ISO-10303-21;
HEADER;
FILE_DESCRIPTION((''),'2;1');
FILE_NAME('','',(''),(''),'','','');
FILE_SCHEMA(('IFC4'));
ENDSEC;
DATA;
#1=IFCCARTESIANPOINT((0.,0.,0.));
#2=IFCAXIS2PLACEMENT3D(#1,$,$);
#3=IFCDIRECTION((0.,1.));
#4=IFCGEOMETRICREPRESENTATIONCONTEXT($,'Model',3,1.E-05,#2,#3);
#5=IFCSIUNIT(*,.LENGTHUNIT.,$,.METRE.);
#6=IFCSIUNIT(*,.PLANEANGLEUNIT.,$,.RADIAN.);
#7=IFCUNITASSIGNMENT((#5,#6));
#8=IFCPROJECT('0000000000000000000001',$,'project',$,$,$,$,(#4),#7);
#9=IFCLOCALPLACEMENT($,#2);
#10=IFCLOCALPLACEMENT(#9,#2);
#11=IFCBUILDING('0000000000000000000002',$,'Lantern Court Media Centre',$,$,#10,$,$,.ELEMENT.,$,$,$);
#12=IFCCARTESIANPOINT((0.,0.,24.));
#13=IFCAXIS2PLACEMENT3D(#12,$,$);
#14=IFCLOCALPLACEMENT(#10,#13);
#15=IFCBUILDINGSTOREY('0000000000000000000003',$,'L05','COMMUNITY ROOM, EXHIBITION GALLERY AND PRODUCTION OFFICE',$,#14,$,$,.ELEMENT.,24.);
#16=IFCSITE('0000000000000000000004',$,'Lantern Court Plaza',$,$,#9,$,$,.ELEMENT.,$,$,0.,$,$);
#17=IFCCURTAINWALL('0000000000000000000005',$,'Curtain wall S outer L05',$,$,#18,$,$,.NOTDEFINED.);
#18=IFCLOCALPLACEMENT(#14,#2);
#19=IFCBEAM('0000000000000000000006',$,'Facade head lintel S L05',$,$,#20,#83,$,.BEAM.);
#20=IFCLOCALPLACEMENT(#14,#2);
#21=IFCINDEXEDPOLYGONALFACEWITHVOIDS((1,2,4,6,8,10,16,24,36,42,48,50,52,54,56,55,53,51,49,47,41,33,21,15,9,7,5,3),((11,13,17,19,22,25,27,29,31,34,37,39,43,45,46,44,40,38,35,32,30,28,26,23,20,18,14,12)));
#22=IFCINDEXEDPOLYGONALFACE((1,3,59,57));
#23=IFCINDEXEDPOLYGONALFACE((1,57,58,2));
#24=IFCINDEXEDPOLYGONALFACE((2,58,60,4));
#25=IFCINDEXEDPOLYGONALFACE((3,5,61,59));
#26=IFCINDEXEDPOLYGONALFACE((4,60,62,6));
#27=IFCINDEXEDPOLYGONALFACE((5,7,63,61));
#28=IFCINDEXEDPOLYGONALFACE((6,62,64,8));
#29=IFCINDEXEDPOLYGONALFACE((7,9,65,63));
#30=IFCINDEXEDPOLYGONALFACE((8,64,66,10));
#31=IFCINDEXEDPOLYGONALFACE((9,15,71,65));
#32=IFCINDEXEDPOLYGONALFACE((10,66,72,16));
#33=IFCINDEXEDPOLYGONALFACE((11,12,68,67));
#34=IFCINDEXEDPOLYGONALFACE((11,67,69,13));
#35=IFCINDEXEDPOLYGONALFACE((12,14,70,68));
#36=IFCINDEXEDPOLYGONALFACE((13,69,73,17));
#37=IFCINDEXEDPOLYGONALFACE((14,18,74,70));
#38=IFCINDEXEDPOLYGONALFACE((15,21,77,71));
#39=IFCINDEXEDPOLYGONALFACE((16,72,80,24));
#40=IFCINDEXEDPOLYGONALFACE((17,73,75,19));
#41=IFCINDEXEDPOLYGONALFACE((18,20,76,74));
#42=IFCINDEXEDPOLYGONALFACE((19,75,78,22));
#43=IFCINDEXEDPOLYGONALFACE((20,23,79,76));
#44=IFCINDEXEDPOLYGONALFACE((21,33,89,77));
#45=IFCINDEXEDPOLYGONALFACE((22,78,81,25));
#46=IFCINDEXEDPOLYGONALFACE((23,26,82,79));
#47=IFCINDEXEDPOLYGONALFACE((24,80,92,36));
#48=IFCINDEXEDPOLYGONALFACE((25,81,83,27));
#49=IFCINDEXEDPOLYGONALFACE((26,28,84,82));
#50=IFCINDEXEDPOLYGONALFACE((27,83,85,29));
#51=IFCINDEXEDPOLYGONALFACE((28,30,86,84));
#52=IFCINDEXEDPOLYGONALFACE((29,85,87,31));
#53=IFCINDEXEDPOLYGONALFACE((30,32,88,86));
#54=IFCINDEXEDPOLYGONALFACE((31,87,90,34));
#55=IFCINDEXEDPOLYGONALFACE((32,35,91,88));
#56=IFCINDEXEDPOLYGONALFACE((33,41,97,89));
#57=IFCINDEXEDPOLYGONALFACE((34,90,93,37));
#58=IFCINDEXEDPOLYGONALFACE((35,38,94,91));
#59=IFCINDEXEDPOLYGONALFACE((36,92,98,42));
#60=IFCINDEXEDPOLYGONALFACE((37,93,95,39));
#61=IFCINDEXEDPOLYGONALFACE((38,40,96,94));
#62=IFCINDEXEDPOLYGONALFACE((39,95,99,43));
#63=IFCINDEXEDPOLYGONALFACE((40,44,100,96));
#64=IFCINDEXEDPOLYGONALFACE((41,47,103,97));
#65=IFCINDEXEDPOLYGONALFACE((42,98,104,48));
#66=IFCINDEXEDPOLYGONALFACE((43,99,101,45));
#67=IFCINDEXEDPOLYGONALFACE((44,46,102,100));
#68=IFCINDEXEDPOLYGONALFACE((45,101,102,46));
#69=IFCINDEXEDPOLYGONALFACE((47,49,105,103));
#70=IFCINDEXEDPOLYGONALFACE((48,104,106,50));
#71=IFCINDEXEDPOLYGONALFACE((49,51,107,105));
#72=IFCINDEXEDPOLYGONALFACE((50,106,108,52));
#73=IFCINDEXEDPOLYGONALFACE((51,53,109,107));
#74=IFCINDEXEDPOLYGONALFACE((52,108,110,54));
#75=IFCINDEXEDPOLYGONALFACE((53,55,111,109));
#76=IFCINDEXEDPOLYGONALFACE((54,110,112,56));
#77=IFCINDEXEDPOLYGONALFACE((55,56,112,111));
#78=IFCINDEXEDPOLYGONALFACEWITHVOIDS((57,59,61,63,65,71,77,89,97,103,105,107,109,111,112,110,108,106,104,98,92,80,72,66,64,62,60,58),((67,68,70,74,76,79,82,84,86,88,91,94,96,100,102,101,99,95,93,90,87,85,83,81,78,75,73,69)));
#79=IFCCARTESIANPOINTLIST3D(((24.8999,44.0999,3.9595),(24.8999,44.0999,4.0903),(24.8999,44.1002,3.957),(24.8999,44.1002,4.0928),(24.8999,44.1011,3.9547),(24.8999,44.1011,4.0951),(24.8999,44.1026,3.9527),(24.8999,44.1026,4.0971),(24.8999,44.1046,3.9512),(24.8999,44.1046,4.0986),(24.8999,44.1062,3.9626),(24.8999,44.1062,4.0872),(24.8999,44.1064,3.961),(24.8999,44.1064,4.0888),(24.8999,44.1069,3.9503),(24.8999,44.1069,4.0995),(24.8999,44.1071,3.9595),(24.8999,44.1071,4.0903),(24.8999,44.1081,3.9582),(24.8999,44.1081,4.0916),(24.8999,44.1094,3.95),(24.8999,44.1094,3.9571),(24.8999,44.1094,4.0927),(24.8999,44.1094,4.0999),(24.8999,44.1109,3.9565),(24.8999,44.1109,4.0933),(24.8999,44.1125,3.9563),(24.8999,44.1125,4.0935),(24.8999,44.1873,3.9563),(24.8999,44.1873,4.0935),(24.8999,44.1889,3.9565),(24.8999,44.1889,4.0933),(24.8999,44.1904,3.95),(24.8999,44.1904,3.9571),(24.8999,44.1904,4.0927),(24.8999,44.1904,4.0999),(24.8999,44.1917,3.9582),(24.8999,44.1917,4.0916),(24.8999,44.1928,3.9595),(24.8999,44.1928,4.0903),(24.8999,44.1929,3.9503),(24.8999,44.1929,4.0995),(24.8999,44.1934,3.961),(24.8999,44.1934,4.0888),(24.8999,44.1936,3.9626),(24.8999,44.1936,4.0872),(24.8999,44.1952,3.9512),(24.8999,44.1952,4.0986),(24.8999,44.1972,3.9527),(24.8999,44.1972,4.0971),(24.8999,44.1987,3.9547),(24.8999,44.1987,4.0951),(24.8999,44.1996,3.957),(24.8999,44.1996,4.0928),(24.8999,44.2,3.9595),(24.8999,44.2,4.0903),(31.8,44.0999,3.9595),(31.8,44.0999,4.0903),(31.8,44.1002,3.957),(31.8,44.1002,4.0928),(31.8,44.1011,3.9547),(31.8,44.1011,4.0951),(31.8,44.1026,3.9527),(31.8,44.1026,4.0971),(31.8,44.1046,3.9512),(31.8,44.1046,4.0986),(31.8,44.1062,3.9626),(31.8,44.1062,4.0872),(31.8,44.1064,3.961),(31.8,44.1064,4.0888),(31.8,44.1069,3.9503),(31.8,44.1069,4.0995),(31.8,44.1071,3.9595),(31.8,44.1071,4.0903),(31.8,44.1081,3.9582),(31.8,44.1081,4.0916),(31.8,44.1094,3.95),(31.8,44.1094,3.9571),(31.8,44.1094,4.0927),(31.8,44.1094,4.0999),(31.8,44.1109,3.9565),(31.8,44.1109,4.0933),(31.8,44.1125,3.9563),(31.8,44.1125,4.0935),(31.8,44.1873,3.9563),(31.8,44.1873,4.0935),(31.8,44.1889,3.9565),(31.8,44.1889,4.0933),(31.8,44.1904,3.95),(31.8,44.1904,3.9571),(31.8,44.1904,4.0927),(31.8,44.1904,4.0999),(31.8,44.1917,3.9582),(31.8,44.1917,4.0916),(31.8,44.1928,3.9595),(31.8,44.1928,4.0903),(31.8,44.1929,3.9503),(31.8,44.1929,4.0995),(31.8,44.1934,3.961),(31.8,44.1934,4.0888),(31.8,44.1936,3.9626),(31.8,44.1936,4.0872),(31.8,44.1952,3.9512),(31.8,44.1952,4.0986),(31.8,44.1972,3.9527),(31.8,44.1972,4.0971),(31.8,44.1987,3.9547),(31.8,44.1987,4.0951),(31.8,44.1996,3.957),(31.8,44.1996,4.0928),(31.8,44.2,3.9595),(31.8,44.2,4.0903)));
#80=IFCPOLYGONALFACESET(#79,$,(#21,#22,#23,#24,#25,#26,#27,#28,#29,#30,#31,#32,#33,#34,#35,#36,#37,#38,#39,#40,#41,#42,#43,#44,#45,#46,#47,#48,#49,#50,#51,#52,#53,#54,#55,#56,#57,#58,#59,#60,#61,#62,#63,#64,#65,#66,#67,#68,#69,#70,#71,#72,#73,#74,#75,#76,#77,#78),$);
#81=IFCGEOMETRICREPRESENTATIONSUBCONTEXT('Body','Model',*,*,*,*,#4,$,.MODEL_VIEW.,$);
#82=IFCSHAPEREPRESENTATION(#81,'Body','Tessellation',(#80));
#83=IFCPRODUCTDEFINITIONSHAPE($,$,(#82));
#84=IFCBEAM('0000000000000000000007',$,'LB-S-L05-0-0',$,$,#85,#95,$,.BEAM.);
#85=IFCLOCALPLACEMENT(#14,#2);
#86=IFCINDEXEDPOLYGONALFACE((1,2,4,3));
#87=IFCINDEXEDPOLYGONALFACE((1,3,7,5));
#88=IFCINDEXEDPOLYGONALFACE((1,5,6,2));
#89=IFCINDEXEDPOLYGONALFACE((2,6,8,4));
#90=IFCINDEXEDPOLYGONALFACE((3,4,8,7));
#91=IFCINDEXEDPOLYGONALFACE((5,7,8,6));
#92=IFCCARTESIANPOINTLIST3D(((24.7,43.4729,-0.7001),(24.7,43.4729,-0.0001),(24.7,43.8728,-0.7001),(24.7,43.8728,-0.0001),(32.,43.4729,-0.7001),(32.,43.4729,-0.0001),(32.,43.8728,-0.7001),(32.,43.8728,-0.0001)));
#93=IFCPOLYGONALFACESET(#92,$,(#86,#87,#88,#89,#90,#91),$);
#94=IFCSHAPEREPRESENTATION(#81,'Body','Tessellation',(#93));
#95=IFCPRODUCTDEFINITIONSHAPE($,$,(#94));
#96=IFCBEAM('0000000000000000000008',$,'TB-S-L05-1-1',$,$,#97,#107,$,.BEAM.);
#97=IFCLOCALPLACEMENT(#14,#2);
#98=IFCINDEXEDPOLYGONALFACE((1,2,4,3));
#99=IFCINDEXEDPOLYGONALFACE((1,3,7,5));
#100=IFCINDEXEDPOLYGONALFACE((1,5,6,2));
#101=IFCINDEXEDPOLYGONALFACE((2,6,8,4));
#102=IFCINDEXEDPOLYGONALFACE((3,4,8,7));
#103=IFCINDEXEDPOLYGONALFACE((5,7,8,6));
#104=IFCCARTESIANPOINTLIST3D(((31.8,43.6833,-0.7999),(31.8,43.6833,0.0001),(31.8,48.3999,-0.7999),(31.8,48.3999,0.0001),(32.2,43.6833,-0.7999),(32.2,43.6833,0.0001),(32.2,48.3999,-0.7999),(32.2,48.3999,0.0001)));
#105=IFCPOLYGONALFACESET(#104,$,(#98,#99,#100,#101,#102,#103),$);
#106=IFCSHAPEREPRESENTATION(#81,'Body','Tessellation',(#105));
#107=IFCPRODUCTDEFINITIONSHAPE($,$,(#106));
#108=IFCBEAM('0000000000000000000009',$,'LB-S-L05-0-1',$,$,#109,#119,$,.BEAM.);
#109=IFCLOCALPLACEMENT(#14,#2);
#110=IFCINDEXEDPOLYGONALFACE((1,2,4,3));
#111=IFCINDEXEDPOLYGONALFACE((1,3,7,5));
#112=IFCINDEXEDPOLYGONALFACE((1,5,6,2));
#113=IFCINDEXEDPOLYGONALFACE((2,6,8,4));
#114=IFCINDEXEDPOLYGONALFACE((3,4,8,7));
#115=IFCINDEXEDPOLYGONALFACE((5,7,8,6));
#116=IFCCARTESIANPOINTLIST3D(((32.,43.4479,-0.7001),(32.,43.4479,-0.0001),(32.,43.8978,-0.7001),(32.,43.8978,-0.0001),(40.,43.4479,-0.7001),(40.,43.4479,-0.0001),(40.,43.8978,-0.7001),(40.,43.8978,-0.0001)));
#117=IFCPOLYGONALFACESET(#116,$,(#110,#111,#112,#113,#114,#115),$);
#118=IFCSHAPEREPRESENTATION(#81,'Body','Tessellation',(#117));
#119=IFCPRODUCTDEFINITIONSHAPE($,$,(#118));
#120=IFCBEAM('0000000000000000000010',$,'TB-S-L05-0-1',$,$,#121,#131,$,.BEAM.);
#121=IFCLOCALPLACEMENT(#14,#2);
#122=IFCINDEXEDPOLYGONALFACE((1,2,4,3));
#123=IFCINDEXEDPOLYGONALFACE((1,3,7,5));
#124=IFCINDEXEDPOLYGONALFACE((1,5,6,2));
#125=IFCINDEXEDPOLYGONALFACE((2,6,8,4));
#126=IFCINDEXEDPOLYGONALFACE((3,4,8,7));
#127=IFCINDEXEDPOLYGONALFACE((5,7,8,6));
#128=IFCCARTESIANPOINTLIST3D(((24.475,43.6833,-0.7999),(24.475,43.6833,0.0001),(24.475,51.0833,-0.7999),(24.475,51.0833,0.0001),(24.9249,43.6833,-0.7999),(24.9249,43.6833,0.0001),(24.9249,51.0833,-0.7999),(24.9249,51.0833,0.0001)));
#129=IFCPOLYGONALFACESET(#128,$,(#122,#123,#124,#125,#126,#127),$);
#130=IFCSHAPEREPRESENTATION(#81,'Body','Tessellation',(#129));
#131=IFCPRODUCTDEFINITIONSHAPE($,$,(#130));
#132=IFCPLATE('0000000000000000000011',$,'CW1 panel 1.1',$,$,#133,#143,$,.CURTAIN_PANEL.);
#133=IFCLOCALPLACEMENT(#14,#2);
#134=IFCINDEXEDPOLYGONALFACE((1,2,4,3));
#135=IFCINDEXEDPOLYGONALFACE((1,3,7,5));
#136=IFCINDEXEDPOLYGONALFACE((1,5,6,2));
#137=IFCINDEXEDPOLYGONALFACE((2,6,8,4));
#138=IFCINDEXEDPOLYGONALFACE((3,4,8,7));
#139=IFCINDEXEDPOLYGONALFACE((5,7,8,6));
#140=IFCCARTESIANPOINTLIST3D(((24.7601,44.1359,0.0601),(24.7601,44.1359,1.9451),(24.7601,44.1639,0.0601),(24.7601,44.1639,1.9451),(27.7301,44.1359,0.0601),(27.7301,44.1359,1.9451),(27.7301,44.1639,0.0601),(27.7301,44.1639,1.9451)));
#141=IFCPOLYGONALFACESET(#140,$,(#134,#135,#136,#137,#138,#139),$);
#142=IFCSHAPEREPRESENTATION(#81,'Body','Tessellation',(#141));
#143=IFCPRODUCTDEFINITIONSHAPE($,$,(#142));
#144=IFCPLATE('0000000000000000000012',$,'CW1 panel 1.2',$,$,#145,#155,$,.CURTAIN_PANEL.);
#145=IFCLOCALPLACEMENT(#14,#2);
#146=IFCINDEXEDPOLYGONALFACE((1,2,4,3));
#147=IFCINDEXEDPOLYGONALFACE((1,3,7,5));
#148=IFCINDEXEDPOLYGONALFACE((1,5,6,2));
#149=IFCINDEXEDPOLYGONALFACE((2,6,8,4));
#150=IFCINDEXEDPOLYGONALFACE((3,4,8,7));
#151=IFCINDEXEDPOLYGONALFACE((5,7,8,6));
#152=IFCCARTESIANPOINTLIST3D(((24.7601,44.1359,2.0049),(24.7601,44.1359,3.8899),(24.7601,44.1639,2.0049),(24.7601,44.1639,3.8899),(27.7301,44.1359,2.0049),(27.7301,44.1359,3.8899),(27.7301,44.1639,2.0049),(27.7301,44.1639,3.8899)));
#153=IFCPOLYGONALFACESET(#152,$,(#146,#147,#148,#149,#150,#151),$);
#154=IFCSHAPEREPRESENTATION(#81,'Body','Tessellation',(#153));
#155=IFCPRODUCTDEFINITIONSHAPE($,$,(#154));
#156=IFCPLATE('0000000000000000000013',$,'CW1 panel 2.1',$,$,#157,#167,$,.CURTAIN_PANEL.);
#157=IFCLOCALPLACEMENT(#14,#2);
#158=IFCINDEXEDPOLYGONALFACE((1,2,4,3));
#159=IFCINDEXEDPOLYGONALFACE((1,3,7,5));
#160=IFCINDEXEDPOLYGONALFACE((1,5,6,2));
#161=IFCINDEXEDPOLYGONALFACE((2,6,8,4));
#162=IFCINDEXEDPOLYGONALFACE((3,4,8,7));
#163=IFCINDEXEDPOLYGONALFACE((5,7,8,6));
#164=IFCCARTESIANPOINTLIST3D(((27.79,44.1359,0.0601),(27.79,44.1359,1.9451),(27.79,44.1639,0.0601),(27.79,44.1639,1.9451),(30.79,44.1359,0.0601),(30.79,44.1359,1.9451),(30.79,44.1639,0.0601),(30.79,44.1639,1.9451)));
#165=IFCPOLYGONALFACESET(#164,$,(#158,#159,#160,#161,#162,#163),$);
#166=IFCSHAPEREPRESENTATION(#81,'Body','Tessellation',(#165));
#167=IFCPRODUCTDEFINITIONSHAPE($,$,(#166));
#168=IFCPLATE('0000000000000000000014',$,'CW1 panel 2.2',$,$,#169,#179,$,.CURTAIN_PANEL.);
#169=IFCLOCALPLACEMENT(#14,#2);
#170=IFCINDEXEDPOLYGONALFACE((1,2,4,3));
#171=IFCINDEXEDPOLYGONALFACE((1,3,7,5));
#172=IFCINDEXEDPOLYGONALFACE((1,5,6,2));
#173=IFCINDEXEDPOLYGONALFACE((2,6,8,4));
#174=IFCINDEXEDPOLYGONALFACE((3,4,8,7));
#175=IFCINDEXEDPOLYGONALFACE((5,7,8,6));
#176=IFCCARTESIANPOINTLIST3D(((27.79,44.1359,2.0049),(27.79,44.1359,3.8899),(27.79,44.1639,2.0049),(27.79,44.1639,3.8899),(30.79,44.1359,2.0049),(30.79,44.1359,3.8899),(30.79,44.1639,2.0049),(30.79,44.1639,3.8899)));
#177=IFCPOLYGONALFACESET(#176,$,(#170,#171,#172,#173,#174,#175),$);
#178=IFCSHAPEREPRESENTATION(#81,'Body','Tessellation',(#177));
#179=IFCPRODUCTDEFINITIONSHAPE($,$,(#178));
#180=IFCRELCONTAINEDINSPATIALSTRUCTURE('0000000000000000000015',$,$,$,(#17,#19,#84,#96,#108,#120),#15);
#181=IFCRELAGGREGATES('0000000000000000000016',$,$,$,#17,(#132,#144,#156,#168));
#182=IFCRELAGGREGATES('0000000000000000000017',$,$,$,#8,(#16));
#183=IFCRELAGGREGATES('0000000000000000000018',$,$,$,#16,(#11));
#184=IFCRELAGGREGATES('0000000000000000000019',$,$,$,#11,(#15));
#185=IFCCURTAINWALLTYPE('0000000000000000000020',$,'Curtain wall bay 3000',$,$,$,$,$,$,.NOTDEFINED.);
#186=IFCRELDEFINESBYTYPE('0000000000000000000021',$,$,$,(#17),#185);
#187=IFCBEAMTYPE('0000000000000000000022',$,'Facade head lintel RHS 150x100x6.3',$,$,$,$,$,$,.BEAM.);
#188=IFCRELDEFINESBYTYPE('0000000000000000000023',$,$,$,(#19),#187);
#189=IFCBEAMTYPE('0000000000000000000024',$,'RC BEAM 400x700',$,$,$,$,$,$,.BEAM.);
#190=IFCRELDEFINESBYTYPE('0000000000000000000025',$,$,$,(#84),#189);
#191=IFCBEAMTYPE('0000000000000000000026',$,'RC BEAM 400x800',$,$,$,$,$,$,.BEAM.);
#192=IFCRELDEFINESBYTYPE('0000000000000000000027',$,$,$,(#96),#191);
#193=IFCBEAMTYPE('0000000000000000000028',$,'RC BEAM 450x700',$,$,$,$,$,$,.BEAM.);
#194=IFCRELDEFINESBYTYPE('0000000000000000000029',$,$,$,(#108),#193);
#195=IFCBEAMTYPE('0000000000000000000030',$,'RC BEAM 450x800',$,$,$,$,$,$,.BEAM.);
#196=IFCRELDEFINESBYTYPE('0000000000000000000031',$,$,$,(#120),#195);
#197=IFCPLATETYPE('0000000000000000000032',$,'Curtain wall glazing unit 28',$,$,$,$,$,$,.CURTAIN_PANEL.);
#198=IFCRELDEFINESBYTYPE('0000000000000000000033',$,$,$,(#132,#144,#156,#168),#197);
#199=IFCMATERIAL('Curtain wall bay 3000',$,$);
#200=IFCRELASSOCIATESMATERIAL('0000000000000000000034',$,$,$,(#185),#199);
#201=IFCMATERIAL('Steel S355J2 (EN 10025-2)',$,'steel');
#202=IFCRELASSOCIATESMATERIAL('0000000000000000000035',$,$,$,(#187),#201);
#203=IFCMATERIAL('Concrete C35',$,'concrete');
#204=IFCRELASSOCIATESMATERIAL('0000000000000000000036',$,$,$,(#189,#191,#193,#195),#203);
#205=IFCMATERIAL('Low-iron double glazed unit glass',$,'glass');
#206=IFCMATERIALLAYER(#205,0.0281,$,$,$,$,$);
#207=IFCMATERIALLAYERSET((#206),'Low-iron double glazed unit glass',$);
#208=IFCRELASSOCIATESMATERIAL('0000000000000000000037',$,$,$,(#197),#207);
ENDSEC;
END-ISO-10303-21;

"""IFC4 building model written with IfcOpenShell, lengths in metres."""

from ifc_helpers import new_model, si_unit, direction, frame, origin, origin_2d, place, context, subcontext, project, spatial, rectangle, hollow_rectangle, extrude, material, layer, layer_set, material_profile, profile_set, type_object, element, aggregate, save


model = new_model("IFC4")

# Units and contexts
model_context = context("Model", 3, precision=1e-05, world=origin(), true_north=direction((0.0, 1.0)))
body_context = subcontext(model_context, "Body", "Model", "MODEL_VIEW")
ifc_project = project(units=[si_unit("LENGTHUNIT", "METRE"), si_unit("PLANEANGLEUNIT", "RADIAN")], contexts=[model_context])

# Site, building, storey
site_placement = place(None, origin())
site = spatial("IfcSite", under=ifc_project, at=site_placement, Name="Lantern Court Plaza", CompositionType="ELEMENT", RefElevation=0.0)
building_placement = place(site_placement, origin())
building = spatial("IfcBuilding", under=site, at=building_placement, Name="Lantern Court Media Centre", CompositionType="ELEMENT")
storey_placement = place(building_placement, frame((0.0, 0.0, 24.0)))
storey = spatial("IfcBuildingStorey", under=building, at=storey_placement, Name="L05", Description="COMMUNITY ROOM, EXHIBITION GALLERY AND PRODUCTION OFFICE", CompositionType="ELEMENT", Elevation=24.0)

# Shared definitions
ifc_material_1 = material(Name="Concrete C35", Category="concrete")

# Curtain wall
ifc_material_2 = material(Name="Curtain wall bay 3000")
curtain_wall_type = type_object("IfcCurtainWallType", Name="Curtain wall bay 3000", PredefinedType="NOTDEFINED", material=ifc_material_2)
curtain_wall_placement = place(storey_placement, origin())
curtain_wall = element("IfcCurtainWall", 1, at=curtain_wall_placement, inside=storey, type_object=curtain_wall_type, Name="Curtain wall S outer L05", PredefinedType="NOTDEFINED")

# Beams
ifc_material_3 = material(Name="Steel S355J2 (EN 10025-2)", Category="steel")
ifc_material_profile_1 = material_profile(ifc_material_3, hollow_rectangle(XDim=0.1001, YDim=0.1499, WallThickness=0.0063, InnerFilletRadius=0.0063, OuterFilletRadius=0.0095, at=origin_2d()), Name="Facade head lintel RHS 150x100x6.3")
ifc_profile_set_1 = profile_set([ifc_material_profile_1], Name="Steel S355J2 (EN 10025-2)")
beam_type_1 = type_object("IfcBeamType", Name="Facade head lintel RHS 150x100x6.3", PredefinedType="BEAM", material=ifc_profile_set_1)
beam_1_placement = place(storey_placement, frame((24.8999, 44.1499, 4.0249), z_axis=(1.0, 0.0, 0.0), x_axis=(0.0, 1.0, 0.0)))
element("IfcBeam", 2, at=beam_1_placement, inside=storey, type_object=beam_type_1, Name="Facade head lintel S L05", PredefinedType="BEAM", context=body_context, shape_type="SweptSolid", body=[
    extrude(hollow_rectangle(XDim=0.1001, YDim=0.1499, WallThickness=0.0063, InnerFilletRadius=0.0063, OuterFilletRadius=0.0095, at=origin_2d()), origin(), (0.0, 0.0, 1.0), 6.9001),
])
ifc_material_profile_2 = material_profile(ifc_material_1, rectangle(XDim=0.3999, YDim=0.7, at=origin_2d()), Name="RC 400x700")
ifc_profile_set_2 = profile_set([ifc_material_profile_2], Name="Concrete C35")
beam_type_2 = type_object("IfcBeamType", Name="RC BEAM 400x700", PredefinedType="BEAM", material=ifc_profile_set_2)
beam_2_placement = place(storey_placement, frame((24.7, 43.6729, -0.3501), z_axis=(1.0, 0.0, 0.0), x_axis=(0.0, 1.0, 0.0)))
element("IfcBeam", 3, at=beam_2_placement, inside=storey, type_object=beam_type_2, Name="LB-S-L05-0-0", PredefinedType="BEAM", context=body_context, shape_type="SweptSolid", body=[
    extrude(rectangle(XDim=0.3999, YDim=0.7, at=origin_2d()), origin(), (0.0, 0.0, 1.0), 7.3),
])
ifc_material_profile_3 = material_profile(ifc_material_1, rectangle(XDim=0.3999, YDim=0.8, at=origin_2d()), Name="RC 400x800")
ifc_profile_set_3 = profile_set([ifc_material_profile_3], Name="Concrete C35")
beam_type_3 = type_object("IfcBeamType", Name="RC BEAM 400x800", PredefinedType="BEAM", material=ifc_profile_set_3)
beam_3_placement = place(storey_placement, frame((32.0, 43.6833, -0.3999), z_axis=(0.0, 1.0, 0.0), x_axis=(-1.0, 0.0, 0.0)))
element("IfcBeam", 4, at=beam_3_placement, inside=storey, type_object=beam_type_3, Name="TB-S-L05-1-1", PredefinedType="BEAM", context=body_context, shape_type="SweptSolid", body=[
    extrude(rectangle(XDim=0.3999, YDim=0.8, at=origin_2d()), origin(), (0.0, 0.0, 1.0), 4.7166),
])
ifc_material_profile_4 = material_profile(ifc_material_1, rectangle(XDim=0.45, YDim=0.7, at=origin_2d()), Name="RC 450x700")
ifc_profile_set_4 = profile_set([ifc_material_profile_4], Name="Concrete C35")
beam_type_4 = type_object("IfcBeamType", Name="RC BEAM 450x700", PredefinedType="BEAM", material=ifc_profile_set_4)
beam_4_placement = place(storey_placement, frame((32.0, 43.6729, -0.3501), z_axis=(1.0, 0.0, 0.0), x_axis=(0.0, 1.0, 0.0)))
element("IfcBeam", 5, at=beam_4_placement, inside=storey, type_object=beam_type_4, Name="LB-S-L05-0-1", PredefinedType="BEAM", context=body_context, shape_type="SweptSolid", body=[
    extrude(rectangle(XDim=0.45, YDim=0.7, at=origin_2d()), origin(), (0.0, 0.0, 1.0), 8.0),
])
ifc_material_profile_5 = material_profile(ifc_material_1, rectangle(XDim=0.45, YDim=0.8, at=origin_2d()), Name="RC 450x800")
ifc_profile_set_5 = profile_set([ifc_material_profile_5], Name="Concrete C35")
beam_type_5 = type_object("IfcBeamType", Name="RC BEAM 450x800", PredefinedType="BEAM", material=ifc_profile_set_5)
beam_5_placement = place(storey_placement, frame((24.7, 43.6833, -0.3999), z_axis=(0.0, 1.0, 0.0), x_axis=(-1.0, 0.0, 0.0)))
element("IfcBeam", 6, at=beam_5_placement, inside=storey, type_object=beam_type_5, Name="TB-S-L05-0-1", PredefinedType="BEAM", context=body_context, shape_type="SweptSolid", body=[
    extrude(rectangle(XDim=0.45, YDim=0.8, at=origin_2d()), origin(), (0.0, 0.0, 1.0), 7.3999),
])

# Plates
ifc_material_4 = material(Name="Low-iron double glazed unit glass", Category="glass")
ifc_layer_1 = layer(ifc_material_4, 0.0281)
ifc_layer_set_1 = layer_set([ifc_layer_1], Name="Low-iron double glazed unit glass")
plate_type = type_object("IfcPlateType", Name="Curtain wall glazing unit 28", PredefinedType="CURTAIN_PANEL", material=ifc_layer_set_1)
plate_1_placement = place(storey_placement, frame((26.2451, 44.1499, 0.0601), z_axis=(0.0, 0.0, 1.0), x_axis=(1.0, 0.0, 0.0)))
plate_1 = element("IfcPlate", 7, at=plate_1_placement, type_object=plate_type, Name="CW1 panel 1.1", PredefinedType="CURTAIN_PANEL", context=body_context, shape_type="SweptSolid", body=[
    extrude(rectangle(XDim=2.97, YDim=0.0281, at=origin_2d()), origin(), (0.0, 0.0, 1.0), 1.885),
])
plate_2_placement = place(storey_placement, frame((26.2451, 44.1499, 2.0049), z_axis=(0.0, 0.0, 1.0), x_axis=(1.0, 0.0, 0.0)))
plate_2 = element("IfcPlate", 8, at=plate_2_placement, type_object=plate_type, Name="CW1 panel 1.2", PredefinedType="CURTAIN_PANEL", context=body_context, shape_type="SweptSolid", body=[
    extrude(rectangle(XDim=2.97, YDim=0.0281, at=origin_2d()), origin(), (0.0, 0.0, 1.0), 1.885),
])
plate_3_placement = place(storey_placement, frame((29.29, 44.1499, 0.0601), z_axis=(0.0, 0.0, 1.0), x_axis=(1.0, 0.0, 0.0)))
plate_3 = element("IfcPlate", 9, at=plate_3_placement, type_object=plate_type, Name="CW1 panel 2.1", PredefinedType="CURTAIN_PANEL", context=body_context, shape_type="SweptSolid", body=[
    extrude(rectangle(XDim=3.0, YDim=0.0281, at=origin_2d()), origin(), (0.0, 0.0, 1.0), 1.885),
])
plate_4_placement = place(storey_placement, frame((29.29, 44.1499, 2.0049), z_axis=(0.0, 0.0, 1.0), x_axis=(1.0, 0.0, 0.0)))
plate_4 = element("IfcPlate", 10, at=plate_4_placement, type_object=plate_type, Name="CW1 panel 2.2", PredefinedType="CURTAIN_PANEL", context=body_context, shape_type="SweptSolid", body=[
    extrude(rectangle(XDim=3.0, YDim=0.0281, at=origin_2d()), origin(), (0.0, 0.0, 1.0), 1.885),
])
aggregate(curtain_wall, [plate_1, plate_2, plate_3, plate_4])

save(model, "model.ifc")
